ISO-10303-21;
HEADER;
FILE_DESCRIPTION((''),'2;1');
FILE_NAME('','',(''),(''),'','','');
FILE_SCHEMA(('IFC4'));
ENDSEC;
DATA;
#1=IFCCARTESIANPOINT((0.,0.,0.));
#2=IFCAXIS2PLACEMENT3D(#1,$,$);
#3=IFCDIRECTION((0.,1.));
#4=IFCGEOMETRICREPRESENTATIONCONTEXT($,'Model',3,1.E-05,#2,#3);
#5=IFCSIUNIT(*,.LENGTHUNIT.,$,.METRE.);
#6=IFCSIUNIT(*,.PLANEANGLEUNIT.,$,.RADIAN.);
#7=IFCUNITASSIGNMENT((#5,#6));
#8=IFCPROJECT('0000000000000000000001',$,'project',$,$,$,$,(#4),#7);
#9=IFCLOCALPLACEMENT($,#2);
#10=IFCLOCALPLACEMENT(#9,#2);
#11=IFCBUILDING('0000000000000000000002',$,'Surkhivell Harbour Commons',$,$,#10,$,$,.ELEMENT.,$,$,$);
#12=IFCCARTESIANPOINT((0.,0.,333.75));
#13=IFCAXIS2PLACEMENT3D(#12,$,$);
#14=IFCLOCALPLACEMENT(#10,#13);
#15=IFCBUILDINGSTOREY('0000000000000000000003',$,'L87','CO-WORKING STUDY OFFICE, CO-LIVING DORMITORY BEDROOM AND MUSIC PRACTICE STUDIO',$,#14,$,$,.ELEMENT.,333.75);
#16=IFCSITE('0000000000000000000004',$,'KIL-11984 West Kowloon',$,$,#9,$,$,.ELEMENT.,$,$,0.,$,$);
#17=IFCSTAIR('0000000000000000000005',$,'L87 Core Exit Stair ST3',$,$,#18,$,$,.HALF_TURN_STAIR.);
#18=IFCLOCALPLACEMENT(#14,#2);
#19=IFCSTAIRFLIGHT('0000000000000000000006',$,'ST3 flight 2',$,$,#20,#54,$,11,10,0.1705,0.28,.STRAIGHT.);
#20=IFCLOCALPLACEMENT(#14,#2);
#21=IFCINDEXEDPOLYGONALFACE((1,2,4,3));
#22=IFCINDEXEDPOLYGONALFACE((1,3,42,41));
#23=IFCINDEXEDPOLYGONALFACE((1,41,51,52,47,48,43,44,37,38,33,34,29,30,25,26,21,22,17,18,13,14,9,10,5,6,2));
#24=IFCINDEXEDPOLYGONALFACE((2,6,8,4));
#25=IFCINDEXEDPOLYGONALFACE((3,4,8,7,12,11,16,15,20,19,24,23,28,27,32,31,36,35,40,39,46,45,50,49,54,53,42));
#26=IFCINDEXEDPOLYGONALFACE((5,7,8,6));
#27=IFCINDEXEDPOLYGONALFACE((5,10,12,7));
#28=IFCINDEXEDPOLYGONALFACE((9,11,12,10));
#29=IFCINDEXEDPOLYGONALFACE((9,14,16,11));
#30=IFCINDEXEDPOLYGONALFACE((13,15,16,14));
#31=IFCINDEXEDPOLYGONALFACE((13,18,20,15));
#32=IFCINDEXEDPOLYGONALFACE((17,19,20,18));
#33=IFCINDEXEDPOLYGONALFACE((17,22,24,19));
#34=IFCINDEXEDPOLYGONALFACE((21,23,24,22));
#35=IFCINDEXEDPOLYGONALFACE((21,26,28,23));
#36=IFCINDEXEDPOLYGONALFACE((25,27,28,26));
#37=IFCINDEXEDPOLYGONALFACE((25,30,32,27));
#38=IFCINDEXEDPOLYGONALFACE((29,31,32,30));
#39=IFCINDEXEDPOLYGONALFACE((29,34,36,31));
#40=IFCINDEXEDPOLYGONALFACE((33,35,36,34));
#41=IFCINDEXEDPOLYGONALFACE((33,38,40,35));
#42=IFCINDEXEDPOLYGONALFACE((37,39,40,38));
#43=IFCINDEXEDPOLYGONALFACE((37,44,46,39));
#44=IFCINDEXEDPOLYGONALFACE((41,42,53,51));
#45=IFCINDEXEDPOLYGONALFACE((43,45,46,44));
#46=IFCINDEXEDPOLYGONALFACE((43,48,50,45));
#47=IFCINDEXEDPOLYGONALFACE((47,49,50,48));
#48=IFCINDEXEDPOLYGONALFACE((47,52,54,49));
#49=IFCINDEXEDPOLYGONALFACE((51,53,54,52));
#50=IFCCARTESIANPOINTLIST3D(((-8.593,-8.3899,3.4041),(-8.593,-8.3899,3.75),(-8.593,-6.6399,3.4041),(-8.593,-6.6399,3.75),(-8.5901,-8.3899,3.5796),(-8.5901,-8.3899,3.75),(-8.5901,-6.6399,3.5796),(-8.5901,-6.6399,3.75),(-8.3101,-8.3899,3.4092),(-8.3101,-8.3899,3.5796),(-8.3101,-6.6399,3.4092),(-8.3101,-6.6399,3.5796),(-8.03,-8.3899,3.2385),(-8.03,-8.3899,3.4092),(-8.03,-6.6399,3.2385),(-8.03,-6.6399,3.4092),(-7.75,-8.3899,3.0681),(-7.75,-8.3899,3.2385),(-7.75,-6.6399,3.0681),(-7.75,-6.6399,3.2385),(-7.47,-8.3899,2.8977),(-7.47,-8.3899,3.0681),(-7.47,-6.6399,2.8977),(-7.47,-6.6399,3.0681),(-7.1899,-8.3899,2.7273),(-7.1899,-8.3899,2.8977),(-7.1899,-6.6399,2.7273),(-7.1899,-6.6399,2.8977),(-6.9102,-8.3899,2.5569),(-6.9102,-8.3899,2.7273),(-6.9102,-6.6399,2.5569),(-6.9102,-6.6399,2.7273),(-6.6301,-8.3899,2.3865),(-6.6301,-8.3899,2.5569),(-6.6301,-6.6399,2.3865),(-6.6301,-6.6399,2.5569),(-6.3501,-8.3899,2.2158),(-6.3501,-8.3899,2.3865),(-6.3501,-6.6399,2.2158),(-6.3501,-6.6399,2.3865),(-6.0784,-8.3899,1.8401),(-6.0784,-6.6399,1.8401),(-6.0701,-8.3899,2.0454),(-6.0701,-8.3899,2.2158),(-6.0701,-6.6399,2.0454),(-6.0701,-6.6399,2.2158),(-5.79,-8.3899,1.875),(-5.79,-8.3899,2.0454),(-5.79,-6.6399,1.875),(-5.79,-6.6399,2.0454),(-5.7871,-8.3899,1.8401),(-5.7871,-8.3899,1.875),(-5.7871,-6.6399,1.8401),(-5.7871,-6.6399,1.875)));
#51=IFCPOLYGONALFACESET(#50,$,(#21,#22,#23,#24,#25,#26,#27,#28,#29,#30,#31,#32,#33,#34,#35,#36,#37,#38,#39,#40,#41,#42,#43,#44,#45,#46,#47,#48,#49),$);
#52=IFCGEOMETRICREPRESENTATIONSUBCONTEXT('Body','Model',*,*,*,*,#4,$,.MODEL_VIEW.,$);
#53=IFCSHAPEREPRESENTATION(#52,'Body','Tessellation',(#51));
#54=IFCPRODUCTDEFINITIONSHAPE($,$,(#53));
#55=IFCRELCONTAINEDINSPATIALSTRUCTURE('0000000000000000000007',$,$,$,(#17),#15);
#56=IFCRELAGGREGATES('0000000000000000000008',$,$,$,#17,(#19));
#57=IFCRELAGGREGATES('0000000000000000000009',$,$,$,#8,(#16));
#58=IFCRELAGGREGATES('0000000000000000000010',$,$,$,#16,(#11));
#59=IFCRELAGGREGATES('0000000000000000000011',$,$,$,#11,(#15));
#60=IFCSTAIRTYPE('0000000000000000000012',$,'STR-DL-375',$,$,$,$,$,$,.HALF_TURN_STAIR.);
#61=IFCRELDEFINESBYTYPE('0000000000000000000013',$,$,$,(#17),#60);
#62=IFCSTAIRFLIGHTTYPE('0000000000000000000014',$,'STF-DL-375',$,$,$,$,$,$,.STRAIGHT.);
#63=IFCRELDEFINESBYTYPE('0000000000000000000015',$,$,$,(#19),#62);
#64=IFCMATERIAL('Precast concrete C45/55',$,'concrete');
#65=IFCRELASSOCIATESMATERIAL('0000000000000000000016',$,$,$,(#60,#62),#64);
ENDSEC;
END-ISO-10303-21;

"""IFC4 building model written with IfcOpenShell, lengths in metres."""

from ifc_helpers import new_model, si_unit, direction, frame, origin, place, context, subcontext, project, spatial, polyline, outline, extrude, material, type_object, element, aggregate, save


model = new_model("IFC4")

# Units and contexts
model_context = context("Model", 3, precision=1e-05, world=origin(), true_north=direction((0.0, 1.0)))
body_context = subcontext(model_context, "Body", "Model", "MODEL_VIEW")
ifc_project = project(units=[si_unit("LENGTHUNIT", "METRE"), si_unit("PLANEANGLEUNIT", "RADIAN")], contexts=[model_context])

# Site, building, storey
site_placement = place(None, origin())
site = spatial("IfcSite", under=ifc_project, at=site_placement, Name="KIL-11984 West Kowloon", CompositionType="ELEMENT", RefElevation=0.0)
building_placement = place(site_placement, origin())
building = spatial("IfcBuilding", under=site, at=building_placement, Name="Surkhivell Harbour Commons", CompositionType="ELEMENT")
storey_placement = place(building_placement, frame((0.0, 0.0, 333.75)))
storey = spatial("IfcBuildingStorey", under=building, at=storey_placement, Name="L87", Description="CO-WORKING STUDY OFFICE, CO-LIVING DORMITORY BEDROOM AND MUSIC PRACTICE STUDIO", CompositionType="ELEMENT", Elevation=333.75)

# Stair, stair flight
ifc_material_1 = material(Name="Precast concrete C45/55", Category="concrete")
stair_type = type_object("IfcStairType", Name="STR-DL-375", PredefinedType="HALF_TURN_STAIR", material=ifc_material_1)
stair_placement = place(storey_placement, origin())
stair = element("IfcStair", 1, at=stair_placement, inside=storey, type_object=stair_type, Name="L87 Core Exit Stair ST3", PredefinedType="HALF_TURN_STAIR")
stair_flight_type = type_object("IfcStairFlightType", Name="STF-DL-375", PredefinedType="STRAIGHT", material=ifc_material_1)
stair_flight_placement = place(storey_placement, frame((-5.79, -7.5149, 1.875), z_axis=(0.0, 0.0, 1.0), x_axis=(-1.0, 0.0, 0.0)))
stair_flight = element("IfcStairFlight", 2, at=stair_flight_placement, type_object=stair_flight_type, Name="ST3 flight 2", NumberOfRisers=11, NumberOfTreads=10, PredefinedType="STRAIGHT", RiserHeight=0.1705, TreadLength=0.28, context=body_context, shape_type="SweptSolid", body=[
    extrude(outline(polyline([(-0.0029, -0.0349), (-0.0029, 0.0), (0.0, 0.0), (0.0, 0.1704), (0.28, 0.1704), (0.28, 0.3408), (0.5601, 0.3408), (0.5601, 0.5115), (0.8401, 0.5115), (0.8401, 0.6819), (1.1201, 0.6819), (1.1201, 0.8523), (1.3999, 0.8523), (1.3999, 1.0227), (1.6799, 1.0227), (1.6799, 1.1931), (1.96, 1.1931), (1.96, 1.3635), (2.24, 1.3635), (2.24, 1.5342), (2.52, 1.5342), (2.52, 1.7046), (2.8, 1.7046), (2.8, 1.875), (2.803, 1.875), (2.803, 1.5291), (0.2883, -0.0349), (-0.0029, -0.0349)])), frame((0.0, 0.875, 0.0), z_axis=(0.0, -1.0, 0.0), x_axis=(1.0, 0.0, 0.0)), (0.0, 0.0, 1.0), 1.75),
])
aggregate(stair, [stair_flight])

save(model, "model.ifc")
